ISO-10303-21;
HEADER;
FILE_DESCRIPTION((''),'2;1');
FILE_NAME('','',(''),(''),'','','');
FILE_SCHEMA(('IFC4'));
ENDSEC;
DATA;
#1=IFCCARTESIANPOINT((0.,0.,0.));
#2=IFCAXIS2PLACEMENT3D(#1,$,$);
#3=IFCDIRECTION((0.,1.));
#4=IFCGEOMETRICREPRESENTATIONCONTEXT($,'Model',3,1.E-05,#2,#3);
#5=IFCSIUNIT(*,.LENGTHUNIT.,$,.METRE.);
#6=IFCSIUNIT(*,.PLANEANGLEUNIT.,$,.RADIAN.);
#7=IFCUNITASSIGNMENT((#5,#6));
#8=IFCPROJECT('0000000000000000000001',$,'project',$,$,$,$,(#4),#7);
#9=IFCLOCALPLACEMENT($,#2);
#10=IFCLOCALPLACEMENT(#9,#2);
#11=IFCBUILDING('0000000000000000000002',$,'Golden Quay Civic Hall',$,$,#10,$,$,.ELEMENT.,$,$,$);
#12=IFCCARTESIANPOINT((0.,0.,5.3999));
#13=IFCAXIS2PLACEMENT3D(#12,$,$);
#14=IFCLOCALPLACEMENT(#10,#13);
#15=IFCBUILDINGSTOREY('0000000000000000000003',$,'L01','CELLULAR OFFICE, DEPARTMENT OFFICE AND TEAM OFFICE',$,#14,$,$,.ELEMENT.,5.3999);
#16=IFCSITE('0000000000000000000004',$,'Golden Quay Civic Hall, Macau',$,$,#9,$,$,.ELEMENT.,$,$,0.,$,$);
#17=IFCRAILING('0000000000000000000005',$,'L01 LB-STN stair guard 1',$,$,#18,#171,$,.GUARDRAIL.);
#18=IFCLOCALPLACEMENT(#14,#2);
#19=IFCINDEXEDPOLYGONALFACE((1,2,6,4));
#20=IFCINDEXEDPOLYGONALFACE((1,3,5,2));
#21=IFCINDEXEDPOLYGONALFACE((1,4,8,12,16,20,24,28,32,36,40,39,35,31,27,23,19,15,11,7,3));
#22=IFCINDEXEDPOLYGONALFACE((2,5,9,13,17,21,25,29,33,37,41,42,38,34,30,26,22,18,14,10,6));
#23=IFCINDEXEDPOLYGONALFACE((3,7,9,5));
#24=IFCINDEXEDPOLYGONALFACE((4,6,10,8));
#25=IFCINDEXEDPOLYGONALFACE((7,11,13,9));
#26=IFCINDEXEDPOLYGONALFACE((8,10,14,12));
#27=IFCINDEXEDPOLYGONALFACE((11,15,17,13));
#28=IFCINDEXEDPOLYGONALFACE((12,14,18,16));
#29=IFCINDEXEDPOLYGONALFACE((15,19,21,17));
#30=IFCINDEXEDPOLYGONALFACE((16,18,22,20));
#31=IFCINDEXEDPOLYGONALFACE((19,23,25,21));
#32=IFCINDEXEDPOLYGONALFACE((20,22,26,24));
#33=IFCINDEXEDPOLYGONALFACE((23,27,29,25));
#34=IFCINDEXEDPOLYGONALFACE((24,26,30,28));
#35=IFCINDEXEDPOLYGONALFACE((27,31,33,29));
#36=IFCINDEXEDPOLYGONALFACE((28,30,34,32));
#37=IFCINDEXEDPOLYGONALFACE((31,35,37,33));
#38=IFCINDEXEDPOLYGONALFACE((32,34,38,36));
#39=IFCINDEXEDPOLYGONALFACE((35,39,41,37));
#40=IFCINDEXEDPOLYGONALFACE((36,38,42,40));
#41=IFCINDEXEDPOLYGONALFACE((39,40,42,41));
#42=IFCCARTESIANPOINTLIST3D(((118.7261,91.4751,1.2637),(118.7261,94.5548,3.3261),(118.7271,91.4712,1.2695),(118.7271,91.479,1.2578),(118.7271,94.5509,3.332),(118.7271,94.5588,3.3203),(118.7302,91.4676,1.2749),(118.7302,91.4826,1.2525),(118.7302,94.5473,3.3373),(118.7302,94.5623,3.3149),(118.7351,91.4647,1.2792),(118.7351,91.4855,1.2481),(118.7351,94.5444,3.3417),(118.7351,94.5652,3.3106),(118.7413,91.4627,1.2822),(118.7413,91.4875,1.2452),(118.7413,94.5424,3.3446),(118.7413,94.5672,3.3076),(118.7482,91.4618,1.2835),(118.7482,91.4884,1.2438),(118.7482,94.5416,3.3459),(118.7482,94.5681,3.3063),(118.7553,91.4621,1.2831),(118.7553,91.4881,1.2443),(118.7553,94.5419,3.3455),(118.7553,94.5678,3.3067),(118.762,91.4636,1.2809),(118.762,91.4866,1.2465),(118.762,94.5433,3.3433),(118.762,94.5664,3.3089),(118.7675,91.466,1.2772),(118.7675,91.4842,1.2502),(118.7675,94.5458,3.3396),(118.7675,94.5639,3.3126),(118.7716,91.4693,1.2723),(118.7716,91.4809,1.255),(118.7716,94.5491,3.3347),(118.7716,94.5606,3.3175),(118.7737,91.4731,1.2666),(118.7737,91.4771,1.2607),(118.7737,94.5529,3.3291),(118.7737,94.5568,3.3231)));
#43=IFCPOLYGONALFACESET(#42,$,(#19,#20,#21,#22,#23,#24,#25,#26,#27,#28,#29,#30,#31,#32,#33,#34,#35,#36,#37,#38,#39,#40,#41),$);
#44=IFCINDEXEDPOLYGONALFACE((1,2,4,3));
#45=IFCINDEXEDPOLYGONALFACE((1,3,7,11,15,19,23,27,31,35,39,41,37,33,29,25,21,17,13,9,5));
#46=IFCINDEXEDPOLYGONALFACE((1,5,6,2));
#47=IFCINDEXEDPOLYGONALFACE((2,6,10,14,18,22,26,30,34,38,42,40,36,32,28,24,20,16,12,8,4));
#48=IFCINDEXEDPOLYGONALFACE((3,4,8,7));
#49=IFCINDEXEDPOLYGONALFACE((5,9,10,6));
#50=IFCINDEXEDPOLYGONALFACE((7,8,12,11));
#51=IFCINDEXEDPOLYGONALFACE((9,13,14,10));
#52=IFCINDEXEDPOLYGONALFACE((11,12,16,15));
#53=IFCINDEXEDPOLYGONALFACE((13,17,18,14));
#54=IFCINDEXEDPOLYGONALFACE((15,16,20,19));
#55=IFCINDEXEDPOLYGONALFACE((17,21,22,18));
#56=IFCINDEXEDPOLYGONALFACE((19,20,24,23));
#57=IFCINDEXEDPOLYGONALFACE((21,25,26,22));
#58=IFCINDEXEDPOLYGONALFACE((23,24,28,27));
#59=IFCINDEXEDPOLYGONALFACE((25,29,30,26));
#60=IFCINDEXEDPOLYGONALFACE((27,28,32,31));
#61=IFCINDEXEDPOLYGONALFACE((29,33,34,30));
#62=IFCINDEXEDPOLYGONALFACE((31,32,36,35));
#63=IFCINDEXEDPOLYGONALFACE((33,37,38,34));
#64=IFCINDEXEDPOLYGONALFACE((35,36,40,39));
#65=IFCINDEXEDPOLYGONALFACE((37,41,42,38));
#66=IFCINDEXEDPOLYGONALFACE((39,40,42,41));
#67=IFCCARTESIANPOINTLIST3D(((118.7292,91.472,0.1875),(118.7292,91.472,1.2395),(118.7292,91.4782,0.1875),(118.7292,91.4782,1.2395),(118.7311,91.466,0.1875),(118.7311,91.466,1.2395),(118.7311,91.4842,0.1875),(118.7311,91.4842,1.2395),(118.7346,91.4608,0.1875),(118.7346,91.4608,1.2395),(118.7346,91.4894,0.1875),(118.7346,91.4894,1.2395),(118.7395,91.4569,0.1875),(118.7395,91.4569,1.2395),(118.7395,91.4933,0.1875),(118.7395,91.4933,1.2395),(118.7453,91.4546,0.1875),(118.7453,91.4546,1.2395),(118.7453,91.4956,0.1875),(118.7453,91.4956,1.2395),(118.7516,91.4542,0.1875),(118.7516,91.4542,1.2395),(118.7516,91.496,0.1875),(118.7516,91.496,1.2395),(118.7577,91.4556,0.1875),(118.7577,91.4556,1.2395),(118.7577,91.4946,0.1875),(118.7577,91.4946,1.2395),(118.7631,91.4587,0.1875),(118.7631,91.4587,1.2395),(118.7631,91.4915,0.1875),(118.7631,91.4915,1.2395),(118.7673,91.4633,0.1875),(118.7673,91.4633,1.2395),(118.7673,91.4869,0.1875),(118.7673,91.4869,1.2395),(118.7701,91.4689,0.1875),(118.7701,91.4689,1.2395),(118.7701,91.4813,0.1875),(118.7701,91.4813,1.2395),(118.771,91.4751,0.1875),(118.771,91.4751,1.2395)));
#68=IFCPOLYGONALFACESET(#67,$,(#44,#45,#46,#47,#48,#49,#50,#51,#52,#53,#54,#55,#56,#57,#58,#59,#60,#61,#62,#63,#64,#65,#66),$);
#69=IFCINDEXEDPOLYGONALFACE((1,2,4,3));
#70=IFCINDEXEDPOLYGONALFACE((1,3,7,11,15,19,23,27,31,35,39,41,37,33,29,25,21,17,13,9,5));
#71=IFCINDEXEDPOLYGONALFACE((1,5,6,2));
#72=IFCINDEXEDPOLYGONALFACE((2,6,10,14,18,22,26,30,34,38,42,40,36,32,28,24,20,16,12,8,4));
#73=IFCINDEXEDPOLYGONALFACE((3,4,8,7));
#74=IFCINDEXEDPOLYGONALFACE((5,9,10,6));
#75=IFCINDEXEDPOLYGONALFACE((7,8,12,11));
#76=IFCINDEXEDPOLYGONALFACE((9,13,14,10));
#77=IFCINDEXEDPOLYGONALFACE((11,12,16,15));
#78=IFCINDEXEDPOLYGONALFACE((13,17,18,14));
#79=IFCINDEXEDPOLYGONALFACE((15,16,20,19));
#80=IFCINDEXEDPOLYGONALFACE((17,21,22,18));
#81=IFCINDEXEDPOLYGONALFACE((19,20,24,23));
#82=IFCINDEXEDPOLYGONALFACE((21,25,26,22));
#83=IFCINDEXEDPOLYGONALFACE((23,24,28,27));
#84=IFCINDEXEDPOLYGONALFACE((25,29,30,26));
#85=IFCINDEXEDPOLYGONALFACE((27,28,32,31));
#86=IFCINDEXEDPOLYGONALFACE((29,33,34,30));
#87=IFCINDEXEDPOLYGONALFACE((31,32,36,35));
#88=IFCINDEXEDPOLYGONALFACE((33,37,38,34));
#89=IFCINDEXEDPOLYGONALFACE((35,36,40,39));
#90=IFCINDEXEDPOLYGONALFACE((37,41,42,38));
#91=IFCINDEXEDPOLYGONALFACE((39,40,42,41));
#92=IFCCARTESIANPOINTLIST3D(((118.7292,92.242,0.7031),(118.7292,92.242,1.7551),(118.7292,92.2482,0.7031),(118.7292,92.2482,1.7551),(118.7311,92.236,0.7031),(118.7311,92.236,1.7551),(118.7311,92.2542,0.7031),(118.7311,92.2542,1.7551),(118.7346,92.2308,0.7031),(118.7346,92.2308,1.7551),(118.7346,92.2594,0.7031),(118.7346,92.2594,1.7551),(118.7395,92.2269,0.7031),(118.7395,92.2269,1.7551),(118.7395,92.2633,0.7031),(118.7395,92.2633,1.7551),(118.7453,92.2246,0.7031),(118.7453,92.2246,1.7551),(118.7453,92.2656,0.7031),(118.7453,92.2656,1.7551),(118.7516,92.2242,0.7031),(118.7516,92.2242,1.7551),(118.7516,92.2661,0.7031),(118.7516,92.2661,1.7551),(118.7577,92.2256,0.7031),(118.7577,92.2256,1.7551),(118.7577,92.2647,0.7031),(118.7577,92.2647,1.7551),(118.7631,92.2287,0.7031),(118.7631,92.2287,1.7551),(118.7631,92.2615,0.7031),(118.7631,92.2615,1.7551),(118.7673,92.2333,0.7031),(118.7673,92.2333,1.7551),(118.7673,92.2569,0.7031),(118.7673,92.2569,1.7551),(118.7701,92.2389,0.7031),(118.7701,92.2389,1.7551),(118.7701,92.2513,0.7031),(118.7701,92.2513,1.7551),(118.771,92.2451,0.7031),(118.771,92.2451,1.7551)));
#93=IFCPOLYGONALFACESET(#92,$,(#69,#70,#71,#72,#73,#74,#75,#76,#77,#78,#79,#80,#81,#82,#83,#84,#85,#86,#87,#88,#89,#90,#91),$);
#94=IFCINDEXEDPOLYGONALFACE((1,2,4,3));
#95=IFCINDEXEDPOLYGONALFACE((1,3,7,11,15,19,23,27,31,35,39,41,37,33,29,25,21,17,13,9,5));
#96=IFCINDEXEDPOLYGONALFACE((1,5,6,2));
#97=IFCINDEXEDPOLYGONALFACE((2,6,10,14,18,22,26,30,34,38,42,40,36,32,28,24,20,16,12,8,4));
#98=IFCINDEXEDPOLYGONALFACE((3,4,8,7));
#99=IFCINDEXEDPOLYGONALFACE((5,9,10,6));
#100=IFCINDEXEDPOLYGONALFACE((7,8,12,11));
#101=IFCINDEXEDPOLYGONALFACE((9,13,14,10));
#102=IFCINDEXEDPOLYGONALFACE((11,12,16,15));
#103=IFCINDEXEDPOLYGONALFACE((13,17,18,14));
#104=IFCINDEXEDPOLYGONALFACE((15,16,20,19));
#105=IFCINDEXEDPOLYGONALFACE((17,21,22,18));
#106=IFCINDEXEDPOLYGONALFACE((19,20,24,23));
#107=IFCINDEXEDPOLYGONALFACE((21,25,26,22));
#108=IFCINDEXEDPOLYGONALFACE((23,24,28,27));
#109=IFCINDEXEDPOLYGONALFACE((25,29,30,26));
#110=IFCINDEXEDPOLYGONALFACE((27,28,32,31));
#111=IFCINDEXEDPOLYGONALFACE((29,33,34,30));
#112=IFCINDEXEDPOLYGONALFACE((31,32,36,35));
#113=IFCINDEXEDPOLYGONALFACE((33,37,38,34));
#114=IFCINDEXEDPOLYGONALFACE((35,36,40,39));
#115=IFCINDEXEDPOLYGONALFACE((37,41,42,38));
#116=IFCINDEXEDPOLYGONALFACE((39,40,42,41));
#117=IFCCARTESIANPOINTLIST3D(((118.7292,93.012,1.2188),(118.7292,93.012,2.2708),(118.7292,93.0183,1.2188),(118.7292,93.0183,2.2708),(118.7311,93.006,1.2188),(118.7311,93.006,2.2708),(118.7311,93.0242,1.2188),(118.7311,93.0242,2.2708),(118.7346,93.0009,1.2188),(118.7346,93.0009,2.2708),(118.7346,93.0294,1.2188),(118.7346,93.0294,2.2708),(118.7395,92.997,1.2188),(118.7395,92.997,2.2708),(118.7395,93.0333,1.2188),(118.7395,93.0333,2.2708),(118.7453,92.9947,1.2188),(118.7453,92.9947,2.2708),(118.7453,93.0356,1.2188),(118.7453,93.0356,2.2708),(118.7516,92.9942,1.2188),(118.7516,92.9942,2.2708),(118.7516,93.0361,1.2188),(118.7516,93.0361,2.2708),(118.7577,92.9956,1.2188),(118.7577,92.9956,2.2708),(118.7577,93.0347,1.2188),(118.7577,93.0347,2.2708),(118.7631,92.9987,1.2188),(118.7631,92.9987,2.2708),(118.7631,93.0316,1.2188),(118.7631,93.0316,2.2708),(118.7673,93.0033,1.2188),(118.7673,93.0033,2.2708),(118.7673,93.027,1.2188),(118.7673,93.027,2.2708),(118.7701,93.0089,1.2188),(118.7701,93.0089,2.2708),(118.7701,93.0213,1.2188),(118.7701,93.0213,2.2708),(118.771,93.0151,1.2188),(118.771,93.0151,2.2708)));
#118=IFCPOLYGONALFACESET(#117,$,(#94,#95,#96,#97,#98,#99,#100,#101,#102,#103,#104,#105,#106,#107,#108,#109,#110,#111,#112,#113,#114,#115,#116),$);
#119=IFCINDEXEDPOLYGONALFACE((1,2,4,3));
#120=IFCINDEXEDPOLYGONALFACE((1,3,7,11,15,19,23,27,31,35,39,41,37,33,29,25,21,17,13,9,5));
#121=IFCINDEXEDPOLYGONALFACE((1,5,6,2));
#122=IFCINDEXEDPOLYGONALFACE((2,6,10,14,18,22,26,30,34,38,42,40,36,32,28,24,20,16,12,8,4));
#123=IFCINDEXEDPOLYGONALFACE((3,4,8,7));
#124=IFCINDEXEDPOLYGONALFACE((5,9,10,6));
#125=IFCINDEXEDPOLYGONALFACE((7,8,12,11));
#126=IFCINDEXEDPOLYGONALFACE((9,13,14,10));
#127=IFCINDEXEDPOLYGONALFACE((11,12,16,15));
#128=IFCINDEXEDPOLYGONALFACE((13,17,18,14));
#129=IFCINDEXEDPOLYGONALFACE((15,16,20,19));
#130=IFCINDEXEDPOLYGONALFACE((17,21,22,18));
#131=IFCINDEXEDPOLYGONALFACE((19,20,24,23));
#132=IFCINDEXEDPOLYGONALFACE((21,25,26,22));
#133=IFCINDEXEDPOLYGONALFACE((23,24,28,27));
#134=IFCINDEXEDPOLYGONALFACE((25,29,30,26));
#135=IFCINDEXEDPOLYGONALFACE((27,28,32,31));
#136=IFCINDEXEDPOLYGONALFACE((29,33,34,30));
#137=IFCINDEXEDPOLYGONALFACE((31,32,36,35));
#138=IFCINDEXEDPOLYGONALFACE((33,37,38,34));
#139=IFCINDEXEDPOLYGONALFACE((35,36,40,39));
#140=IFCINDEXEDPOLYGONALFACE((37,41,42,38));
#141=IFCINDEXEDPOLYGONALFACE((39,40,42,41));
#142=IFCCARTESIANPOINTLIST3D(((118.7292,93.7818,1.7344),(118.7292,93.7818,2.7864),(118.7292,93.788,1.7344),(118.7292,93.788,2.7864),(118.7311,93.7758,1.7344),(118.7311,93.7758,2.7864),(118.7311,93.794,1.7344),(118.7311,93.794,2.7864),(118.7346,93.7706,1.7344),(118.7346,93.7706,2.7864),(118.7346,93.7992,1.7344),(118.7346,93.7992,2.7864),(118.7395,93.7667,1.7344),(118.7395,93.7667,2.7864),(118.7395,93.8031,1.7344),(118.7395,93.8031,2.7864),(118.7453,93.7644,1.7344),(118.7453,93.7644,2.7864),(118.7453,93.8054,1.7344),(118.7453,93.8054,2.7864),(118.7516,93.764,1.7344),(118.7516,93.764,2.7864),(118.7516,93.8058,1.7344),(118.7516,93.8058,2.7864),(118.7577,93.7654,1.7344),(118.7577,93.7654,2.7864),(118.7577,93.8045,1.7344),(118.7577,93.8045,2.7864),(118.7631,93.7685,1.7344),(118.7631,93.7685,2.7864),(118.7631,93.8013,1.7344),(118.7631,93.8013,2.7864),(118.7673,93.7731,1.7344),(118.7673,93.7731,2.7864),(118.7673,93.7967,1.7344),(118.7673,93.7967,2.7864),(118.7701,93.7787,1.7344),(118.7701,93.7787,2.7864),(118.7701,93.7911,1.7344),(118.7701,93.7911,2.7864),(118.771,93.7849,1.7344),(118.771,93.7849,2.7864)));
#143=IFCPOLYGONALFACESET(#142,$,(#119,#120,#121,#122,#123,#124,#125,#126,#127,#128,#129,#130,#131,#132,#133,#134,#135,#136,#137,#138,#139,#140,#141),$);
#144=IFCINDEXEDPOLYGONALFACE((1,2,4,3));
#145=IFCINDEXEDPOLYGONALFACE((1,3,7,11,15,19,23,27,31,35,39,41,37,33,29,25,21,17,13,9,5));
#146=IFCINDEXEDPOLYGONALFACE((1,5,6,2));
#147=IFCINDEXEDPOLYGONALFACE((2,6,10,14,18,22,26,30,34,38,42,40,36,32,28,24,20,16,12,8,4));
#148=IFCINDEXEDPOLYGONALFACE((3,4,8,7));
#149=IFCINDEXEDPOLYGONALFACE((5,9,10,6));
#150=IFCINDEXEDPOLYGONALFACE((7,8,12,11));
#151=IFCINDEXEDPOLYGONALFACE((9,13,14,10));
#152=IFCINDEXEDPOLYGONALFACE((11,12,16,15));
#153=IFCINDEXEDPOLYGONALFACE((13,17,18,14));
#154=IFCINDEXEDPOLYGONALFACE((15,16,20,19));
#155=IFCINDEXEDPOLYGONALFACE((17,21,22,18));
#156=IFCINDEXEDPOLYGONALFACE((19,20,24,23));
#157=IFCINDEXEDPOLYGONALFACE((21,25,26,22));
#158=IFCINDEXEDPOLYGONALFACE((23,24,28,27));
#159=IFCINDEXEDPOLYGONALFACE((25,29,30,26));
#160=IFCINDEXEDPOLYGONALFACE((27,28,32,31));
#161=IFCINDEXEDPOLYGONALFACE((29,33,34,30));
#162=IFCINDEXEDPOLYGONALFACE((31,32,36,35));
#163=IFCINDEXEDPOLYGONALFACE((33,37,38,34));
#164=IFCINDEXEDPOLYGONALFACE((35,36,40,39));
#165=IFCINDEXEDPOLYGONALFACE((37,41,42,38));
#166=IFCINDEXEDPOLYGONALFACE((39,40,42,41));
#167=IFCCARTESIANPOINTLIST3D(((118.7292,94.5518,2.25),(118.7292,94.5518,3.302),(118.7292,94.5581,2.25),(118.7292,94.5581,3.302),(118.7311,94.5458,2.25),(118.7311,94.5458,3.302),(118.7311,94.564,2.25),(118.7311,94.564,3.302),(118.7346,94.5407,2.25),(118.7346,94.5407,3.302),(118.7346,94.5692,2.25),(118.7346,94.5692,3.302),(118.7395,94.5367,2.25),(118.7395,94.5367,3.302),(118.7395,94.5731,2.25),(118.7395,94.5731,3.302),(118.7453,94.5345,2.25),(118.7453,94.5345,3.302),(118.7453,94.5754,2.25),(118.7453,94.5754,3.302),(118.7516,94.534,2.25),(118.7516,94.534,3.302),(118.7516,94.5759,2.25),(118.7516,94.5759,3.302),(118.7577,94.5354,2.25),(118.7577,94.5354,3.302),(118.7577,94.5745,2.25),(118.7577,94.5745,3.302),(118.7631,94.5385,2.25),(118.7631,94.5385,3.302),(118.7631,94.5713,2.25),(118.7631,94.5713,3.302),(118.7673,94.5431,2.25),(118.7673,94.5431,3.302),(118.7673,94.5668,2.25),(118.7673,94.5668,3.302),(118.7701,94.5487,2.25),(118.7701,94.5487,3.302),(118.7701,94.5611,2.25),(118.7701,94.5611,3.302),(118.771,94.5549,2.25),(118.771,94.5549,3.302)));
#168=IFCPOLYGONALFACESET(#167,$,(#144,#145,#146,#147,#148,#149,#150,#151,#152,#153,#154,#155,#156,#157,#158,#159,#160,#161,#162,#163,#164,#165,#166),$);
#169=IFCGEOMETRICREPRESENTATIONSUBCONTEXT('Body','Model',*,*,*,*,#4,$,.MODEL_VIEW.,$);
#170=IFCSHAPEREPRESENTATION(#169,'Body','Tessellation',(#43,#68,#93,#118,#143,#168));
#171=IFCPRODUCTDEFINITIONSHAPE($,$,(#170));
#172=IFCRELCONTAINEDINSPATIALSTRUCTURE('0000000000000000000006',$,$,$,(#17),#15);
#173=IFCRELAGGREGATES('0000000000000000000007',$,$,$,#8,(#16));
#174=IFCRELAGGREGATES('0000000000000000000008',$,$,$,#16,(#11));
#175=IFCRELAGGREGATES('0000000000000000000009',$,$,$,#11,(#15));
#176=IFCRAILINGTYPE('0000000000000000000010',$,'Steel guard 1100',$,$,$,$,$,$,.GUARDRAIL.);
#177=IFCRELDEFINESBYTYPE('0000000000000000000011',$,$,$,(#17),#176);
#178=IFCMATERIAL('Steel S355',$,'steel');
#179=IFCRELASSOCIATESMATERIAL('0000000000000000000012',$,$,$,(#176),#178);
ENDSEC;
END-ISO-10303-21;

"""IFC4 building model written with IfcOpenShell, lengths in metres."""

from ifc_helpers import new_model, si_unit, direction, frame, origin, origin_2d, place, context, subcontext, project, spatial, circle, extrude, material, type_object, element, save


model = new_model("IFC4")

# Units and contexts
model_context = context("Model", 3, precision=1e-05, world=origin(), true_north=direction((0.0, 1.0)))
body_context = subcontext(model_context, "Body", "Model", "MODEL_VIEW")
ifc_project = project(units=[si_unit("LENGTHUNIT", "METRE"), si_unit("PLANEANGLEUNIT", "RADIAN")], contexts=[model_context])

# Site, building, storey
site_placement = place(None, origin())
site = spatial("IfcSite", under=ifc_project, at=site_placement, Name="Golden Quay Civic Hall, Macau", CompositionType="ELEMENT", RefElevation=0.0)
building_placement = place(site_placement, origin())
building = spatial("IfcBuilding", under=site, at=building_placement, Name="Golden Quay Civic Hall", CompositionType="ELEMENT")
storey_placement = place(building_placement, frame((0.0, 0.0, 5.3999)))
storey = spatial("IfcBuildingStorey", under=building, at=storey_placement, Name="L01", Description="CELLULAR OFFICE, DEPARTMENT OFFICE AND TEAM OFFICE", CompositionType="ELEMENT", Elevation=5.3999)

# Railing
ifc_material_1 = material(Name="Steel S355", Category="steel")
railing_type_1 = type_object("IfcRailingType", Name="Steel guard 1100", PredefinedType="GUARDRAIL", material=ifc_material_1)
railing_1_placement = place(storey_placement, frame((118.75, 91.4751, 0.1875)))
element("IfcRailing", 1, at=railing_1_placement, inside=storey, type_object=railing_type_1, Name="L01 LB-STN stair guard 1", PredefinedType="GUARDRAIL", context=body_context, shape_type="SweptSolid", body=[
    extrude(circle(Radius=0.0239, at=origin_2d()), frame((0.0, 0.0, 1.0762), z_axis=(0.0, 0.830893, 0.556432), x_axis=(-1.0, 0.0, 0.0)), (0.0, 0.0, 1.0), 3.7065),
    extrude(circle(Radius=0.021, at=origin_2d()), origin(), (0.0, 0.0, 1.0), 1.052),
    extrude(circle(Radius=0.021, at=origin_2d()), frame((0.0, 0.77, 0.5156)), (0.0, 0.0, 1.0), 1.052),
    extrude(circle(Radius=0.021, at=origin_2d()), frame((0.0, 1.54, 1.0312)), (0.0, 0.0, 1.0), 1.052),
    extrude(circle(Radius=0.021, at=origin_2d()), frame((0.0, 2.3098, 1.5469)), (0.0, 0.0, 1.0), 1.052),
    extrude(circle(Radius=0.021, at=origin_2d()), frame((0.0, 3.0798, 2.0625)), (0.0, 0.0, 1.0), 1.052),
])

save(model, "model.ifc")
